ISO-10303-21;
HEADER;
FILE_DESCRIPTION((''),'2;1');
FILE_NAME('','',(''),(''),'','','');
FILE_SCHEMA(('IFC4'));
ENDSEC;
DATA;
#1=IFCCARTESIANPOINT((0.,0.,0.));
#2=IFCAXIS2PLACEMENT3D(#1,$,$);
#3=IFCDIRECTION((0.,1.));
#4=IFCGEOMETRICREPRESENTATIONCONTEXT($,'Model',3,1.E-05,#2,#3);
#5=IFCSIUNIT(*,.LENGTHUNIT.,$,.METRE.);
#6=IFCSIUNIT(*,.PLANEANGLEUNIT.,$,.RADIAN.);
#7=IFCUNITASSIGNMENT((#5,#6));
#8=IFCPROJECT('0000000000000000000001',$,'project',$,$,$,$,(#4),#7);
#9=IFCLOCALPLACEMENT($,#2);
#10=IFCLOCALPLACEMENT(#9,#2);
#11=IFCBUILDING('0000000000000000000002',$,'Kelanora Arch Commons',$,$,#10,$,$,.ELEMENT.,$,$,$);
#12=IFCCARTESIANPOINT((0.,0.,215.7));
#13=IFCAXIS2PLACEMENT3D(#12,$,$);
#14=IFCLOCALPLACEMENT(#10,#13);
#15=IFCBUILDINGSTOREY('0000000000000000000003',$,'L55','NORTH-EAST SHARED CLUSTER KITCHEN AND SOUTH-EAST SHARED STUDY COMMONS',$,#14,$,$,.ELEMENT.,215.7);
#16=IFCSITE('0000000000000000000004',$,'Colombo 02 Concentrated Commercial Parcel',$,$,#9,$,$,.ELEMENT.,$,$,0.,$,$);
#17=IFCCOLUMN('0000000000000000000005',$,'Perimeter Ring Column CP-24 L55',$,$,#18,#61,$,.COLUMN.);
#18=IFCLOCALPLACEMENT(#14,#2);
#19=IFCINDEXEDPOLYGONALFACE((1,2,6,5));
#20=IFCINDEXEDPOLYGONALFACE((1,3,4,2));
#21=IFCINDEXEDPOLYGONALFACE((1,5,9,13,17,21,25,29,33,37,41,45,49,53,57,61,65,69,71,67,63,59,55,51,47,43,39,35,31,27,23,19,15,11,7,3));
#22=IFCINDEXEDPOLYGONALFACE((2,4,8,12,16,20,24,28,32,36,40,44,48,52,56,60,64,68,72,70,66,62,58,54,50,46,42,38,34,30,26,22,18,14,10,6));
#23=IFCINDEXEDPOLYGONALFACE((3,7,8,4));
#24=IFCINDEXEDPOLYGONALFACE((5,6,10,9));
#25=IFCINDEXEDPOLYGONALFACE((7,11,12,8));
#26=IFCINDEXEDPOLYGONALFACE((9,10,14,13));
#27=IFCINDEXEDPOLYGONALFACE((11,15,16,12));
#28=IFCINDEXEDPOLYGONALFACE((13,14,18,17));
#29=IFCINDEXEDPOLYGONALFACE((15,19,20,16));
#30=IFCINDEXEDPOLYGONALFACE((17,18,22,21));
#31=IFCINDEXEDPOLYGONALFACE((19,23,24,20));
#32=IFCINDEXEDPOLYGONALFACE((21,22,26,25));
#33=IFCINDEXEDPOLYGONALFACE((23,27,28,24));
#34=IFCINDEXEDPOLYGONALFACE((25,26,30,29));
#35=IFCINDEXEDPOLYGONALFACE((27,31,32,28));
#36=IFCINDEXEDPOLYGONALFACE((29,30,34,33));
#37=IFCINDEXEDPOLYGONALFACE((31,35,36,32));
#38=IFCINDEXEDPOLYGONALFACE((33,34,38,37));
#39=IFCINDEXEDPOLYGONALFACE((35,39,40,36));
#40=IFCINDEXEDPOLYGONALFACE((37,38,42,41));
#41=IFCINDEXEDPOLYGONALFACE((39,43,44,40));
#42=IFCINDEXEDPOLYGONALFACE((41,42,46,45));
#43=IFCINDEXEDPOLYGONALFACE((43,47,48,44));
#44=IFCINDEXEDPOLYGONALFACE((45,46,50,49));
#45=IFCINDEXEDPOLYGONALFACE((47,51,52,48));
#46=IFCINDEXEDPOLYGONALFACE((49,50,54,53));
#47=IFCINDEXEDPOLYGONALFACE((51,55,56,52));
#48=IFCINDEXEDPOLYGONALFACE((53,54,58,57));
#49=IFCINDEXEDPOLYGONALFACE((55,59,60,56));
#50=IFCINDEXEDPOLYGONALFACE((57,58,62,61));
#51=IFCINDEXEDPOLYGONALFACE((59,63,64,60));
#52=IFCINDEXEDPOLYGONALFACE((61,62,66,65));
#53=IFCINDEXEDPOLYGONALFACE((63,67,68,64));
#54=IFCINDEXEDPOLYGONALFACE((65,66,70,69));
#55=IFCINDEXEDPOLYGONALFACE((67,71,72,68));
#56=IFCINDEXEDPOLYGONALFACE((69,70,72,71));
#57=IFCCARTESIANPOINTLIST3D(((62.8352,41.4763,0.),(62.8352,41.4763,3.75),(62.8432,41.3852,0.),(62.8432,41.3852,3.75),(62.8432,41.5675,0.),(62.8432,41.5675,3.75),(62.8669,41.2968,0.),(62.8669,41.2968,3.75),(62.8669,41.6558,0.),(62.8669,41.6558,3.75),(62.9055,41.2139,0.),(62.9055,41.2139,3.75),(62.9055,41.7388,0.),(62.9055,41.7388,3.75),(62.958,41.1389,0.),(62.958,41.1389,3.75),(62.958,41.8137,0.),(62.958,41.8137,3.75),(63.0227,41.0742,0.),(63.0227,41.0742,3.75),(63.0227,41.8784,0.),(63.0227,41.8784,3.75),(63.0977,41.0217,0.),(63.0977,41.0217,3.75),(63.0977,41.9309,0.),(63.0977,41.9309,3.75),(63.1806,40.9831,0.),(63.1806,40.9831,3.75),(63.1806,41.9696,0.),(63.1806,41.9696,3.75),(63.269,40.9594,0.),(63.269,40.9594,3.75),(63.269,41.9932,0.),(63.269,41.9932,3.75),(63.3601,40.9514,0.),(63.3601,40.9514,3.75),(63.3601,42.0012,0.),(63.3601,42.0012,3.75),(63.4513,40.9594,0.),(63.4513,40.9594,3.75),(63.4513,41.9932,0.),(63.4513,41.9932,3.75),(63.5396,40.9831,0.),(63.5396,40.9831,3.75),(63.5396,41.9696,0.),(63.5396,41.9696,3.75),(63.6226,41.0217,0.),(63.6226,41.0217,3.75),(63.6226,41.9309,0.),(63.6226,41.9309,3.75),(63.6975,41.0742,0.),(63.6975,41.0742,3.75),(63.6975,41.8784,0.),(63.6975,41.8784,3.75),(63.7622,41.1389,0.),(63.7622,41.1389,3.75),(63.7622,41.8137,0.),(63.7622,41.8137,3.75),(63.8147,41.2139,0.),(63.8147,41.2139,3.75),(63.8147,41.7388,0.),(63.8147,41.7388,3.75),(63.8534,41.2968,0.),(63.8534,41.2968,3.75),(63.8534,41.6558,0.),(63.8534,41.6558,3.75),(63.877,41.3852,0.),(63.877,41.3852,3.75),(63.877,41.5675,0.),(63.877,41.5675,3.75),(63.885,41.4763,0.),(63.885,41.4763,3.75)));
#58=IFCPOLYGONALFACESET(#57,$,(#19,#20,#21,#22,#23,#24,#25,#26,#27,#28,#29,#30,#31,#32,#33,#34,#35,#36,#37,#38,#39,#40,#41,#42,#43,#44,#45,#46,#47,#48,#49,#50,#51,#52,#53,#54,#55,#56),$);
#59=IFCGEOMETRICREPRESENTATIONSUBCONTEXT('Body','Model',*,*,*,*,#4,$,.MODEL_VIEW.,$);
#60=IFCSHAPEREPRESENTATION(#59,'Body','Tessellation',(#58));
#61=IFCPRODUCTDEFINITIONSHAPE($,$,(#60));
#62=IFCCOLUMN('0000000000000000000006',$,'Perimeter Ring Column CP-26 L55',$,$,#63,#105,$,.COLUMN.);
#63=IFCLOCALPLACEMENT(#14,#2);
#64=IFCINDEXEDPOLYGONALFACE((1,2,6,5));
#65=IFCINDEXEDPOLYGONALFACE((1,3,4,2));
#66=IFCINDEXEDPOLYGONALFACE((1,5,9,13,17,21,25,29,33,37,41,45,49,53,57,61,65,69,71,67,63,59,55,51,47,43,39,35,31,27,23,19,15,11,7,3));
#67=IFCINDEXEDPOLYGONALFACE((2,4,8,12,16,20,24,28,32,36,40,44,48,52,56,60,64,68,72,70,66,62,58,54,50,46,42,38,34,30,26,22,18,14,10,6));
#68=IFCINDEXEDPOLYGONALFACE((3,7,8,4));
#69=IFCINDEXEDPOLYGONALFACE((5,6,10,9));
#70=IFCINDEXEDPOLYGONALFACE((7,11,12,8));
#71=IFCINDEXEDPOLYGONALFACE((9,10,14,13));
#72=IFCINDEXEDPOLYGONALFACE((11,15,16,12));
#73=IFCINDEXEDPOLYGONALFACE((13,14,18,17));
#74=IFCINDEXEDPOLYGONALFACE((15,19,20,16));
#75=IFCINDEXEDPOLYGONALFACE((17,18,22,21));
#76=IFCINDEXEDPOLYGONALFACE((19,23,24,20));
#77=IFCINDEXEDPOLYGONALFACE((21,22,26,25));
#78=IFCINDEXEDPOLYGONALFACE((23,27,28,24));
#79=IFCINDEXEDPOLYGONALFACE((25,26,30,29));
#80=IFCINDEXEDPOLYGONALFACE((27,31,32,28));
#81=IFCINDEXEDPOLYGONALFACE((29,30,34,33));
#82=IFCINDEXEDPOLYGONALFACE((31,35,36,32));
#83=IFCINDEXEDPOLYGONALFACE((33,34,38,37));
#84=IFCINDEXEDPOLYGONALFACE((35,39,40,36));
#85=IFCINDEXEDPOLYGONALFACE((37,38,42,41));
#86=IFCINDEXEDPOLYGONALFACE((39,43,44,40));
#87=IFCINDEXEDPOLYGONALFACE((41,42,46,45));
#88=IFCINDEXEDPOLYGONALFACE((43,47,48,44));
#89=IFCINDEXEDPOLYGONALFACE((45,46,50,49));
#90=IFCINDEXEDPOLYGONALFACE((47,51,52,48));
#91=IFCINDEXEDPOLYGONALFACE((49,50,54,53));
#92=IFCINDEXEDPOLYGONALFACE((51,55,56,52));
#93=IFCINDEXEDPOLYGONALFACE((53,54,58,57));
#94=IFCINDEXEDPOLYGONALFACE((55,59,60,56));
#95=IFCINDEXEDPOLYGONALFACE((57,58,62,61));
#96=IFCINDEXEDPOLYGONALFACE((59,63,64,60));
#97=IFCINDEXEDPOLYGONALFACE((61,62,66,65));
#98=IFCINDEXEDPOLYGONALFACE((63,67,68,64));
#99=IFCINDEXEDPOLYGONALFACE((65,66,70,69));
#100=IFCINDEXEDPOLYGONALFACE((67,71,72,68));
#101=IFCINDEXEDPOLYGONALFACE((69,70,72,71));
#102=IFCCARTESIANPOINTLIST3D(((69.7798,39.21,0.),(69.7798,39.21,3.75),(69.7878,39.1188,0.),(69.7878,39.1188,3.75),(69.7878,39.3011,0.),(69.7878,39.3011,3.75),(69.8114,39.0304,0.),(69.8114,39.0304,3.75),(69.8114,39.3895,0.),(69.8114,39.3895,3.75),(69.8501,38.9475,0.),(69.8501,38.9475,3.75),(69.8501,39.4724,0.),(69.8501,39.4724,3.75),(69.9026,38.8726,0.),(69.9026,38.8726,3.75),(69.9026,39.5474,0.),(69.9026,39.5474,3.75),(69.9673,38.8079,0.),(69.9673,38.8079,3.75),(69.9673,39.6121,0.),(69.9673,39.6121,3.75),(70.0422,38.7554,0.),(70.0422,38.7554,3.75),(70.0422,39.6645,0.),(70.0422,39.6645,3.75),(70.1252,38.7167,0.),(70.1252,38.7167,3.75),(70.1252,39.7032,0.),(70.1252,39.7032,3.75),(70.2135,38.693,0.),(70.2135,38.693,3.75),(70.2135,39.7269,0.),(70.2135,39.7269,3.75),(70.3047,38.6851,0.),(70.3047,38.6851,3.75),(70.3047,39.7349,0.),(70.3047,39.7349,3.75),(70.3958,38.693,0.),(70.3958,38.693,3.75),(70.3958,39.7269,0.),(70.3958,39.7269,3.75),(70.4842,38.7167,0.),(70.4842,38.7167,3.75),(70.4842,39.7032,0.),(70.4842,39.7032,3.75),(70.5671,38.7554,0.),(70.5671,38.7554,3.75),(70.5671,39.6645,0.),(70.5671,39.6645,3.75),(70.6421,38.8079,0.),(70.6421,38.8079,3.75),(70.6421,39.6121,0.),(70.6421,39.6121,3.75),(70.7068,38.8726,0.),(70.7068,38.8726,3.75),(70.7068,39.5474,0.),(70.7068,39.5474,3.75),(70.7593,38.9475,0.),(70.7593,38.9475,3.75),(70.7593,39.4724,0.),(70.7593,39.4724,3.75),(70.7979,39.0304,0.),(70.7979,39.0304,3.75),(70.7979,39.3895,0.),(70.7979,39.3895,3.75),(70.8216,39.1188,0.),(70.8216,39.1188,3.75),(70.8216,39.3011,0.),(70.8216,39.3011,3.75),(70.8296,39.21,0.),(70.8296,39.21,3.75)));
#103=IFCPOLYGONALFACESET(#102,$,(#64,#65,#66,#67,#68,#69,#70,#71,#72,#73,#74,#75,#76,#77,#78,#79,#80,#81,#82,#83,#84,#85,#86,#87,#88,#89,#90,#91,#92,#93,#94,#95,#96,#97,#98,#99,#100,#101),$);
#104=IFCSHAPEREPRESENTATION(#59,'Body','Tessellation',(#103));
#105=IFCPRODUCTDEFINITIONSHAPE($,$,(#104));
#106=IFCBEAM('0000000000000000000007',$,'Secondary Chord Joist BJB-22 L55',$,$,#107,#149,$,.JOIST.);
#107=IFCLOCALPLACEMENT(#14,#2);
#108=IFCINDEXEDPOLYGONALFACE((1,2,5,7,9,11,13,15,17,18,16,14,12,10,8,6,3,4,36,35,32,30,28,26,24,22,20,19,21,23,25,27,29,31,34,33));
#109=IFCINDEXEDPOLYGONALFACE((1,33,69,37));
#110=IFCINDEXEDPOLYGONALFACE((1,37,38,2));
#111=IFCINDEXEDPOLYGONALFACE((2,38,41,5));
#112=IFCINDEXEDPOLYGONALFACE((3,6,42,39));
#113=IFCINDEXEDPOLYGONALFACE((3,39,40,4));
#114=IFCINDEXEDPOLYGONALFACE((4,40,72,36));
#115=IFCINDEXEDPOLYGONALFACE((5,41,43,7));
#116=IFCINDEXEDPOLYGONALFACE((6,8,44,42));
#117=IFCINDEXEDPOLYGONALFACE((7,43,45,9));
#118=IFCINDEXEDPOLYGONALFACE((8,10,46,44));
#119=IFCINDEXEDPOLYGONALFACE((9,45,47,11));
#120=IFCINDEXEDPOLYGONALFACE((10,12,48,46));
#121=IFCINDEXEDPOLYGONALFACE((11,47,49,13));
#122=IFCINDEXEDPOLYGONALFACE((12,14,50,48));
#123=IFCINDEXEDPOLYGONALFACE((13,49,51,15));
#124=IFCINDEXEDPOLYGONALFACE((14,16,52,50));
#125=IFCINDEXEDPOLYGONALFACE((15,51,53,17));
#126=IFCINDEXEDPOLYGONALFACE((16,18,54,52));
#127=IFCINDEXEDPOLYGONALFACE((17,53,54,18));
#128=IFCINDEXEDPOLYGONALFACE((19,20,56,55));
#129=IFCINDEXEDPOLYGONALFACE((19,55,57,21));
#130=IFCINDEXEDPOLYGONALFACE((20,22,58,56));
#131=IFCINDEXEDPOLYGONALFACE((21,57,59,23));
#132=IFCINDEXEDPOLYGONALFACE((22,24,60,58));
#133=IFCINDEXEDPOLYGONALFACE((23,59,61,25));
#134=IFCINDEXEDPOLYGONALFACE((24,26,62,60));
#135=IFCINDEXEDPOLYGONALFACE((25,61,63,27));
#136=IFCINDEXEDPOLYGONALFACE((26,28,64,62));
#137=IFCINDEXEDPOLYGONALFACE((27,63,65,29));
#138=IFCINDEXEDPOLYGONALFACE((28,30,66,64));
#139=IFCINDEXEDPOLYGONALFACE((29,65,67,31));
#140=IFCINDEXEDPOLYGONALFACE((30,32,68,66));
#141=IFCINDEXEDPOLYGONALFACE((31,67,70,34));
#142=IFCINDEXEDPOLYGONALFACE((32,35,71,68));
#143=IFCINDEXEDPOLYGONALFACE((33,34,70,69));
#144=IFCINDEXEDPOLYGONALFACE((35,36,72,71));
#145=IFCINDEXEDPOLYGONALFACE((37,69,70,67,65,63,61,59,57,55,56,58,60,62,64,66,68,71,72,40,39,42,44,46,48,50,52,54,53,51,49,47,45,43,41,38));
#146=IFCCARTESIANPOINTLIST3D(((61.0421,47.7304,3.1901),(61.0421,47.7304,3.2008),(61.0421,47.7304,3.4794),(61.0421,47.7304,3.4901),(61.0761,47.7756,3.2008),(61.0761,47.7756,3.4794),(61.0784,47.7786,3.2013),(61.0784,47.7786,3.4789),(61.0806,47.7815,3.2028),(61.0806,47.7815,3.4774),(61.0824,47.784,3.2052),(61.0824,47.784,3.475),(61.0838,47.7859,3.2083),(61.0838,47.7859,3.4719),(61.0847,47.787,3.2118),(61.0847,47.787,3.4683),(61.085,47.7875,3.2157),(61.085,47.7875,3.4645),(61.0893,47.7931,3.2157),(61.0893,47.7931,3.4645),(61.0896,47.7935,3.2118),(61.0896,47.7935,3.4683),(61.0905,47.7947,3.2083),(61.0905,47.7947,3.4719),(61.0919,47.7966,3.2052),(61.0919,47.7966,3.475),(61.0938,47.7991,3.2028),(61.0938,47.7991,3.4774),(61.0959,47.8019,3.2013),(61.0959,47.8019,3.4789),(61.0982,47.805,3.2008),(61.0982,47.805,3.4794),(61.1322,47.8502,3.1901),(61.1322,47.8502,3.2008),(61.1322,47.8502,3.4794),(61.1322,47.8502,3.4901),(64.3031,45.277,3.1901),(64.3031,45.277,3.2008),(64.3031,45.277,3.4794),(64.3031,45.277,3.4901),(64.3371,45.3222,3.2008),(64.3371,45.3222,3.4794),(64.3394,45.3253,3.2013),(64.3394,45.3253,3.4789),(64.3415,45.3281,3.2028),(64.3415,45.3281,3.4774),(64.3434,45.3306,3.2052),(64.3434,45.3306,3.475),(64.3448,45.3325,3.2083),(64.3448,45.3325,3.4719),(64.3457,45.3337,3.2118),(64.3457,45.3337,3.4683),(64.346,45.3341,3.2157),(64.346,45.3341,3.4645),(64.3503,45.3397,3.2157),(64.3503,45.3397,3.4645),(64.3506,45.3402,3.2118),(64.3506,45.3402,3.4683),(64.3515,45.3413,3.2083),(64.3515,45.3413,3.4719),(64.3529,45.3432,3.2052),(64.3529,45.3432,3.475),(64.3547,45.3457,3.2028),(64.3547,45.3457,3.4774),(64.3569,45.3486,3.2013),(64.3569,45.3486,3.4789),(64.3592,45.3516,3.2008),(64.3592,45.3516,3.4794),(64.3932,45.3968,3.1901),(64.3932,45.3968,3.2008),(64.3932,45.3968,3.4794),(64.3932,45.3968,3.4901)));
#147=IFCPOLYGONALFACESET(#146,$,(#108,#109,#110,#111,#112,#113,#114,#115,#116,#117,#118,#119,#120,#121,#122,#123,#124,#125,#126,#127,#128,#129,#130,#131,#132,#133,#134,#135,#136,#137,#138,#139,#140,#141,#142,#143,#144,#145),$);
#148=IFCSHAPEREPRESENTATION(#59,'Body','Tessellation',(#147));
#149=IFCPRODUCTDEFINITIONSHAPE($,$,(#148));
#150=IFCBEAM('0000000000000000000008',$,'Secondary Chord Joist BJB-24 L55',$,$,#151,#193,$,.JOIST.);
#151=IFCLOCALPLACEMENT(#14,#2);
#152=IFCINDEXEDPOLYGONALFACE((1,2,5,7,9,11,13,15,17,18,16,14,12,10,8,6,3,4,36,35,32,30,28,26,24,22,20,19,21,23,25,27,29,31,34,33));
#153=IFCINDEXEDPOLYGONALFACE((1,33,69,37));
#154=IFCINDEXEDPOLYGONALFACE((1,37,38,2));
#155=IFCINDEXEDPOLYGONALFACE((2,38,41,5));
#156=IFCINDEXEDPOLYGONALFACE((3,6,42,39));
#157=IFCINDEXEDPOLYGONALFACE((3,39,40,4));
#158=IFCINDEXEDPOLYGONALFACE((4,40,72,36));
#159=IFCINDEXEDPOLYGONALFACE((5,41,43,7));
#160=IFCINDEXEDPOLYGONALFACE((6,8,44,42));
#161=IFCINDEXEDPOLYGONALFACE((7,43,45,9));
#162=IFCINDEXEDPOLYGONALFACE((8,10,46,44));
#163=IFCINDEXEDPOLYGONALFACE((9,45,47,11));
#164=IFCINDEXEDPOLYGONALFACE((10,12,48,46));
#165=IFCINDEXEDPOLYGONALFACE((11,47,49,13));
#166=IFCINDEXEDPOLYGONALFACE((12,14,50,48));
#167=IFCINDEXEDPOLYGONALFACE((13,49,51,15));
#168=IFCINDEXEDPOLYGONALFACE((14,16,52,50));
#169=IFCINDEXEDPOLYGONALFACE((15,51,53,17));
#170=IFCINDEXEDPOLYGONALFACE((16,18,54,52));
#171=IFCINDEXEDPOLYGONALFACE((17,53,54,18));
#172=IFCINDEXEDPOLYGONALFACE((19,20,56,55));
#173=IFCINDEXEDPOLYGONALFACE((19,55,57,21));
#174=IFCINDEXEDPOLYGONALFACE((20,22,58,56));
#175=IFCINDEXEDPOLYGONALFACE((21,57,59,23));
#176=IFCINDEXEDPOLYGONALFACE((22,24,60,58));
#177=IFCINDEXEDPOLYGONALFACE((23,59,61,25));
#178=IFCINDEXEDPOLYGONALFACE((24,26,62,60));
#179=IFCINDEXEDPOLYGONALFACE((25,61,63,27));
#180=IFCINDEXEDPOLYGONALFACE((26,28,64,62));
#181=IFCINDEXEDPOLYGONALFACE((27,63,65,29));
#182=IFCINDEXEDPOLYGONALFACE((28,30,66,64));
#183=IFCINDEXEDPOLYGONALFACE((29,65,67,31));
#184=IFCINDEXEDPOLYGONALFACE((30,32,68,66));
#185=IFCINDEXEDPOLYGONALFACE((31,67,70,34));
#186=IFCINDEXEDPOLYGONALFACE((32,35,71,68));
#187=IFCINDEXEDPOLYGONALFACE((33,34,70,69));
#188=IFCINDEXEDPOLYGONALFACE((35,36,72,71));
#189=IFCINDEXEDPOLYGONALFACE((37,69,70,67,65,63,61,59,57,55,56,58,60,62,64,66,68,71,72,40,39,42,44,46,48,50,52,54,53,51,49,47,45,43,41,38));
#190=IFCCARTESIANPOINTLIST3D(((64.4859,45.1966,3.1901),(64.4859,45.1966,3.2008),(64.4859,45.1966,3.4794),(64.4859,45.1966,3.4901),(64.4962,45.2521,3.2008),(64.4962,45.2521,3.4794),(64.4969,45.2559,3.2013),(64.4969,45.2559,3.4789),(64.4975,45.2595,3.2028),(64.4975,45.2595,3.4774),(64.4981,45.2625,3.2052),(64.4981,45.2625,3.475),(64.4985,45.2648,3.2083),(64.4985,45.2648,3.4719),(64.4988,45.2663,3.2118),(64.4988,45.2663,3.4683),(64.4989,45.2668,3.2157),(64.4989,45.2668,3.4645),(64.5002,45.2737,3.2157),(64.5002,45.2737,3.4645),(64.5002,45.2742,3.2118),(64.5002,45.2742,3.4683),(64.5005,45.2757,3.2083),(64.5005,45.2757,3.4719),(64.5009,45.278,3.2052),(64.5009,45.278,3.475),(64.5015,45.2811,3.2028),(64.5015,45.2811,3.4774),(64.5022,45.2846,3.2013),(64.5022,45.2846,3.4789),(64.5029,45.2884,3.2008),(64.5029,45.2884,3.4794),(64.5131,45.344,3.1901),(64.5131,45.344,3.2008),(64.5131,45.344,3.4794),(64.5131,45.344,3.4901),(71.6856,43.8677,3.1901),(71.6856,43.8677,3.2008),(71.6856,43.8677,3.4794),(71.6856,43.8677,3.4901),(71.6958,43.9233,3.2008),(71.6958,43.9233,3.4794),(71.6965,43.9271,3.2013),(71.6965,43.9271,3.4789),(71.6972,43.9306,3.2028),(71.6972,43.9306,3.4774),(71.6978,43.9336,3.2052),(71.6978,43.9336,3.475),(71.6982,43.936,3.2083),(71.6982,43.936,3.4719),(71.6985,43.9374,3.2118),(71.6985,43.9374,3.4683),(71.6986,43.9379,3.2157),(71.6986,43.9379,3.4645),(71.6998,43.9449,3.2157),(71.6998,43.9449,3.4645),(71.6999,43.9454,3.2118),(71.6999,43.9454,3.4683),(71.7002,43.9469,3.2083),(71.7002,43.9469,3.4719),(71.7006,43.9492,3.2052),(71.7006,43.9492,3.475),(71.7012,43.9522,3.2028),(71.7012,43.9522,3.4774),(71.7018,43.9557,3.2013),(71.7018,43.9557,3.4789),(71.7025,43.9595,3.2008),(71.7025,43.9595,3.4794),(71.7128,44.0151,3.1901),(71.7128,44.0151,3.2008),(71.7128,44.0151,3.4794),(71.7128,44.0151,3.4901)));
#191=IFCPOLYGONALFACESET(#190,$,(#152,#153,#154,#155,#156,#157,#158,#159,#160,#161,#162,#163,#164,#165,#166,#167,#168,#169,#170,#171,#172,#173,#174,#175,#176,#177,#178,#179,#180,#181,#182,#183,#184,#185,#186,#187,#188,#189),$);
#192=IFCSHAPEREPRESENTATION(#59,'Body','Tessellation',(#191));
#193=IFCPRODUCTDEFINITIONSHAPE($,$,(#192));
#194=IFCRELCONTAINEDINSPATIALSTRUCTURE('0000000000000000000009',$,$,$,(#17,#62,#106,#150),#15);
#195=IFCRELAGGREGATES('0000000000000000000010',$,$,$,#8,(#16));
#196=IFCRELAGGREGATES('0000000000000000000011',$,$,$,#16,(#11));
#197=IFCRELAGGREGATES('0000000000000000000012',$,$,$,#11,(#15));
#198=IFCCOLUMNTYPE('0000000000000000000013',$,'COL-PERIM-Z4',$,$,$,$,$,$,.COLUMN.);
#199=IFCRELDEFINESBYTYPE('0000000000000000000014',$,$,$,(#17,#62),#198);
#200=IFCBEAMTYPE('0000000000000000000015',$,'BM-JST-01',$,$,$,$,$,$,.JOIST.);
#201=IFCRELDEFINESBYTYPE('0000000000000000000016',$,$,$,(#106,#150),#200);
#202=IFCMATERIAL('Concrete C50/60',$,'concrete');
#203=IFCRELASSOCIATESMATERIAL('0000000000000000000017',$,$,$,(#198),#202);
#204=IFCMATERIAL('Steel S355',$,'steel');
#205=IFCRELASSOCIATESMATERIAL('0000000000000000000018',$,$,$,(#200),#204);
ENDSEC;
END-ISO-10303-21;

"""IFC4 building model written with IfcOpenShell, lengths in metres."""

from ifc_helpers import new_model, si_unit, direction, frame, origin, origin_2d, place, context, subcontext, project, spatial, circle, i_section, extrude, material, material_profile, profile_set, type_object, element, save


model = new_model("IFC4")

# Units and contexts
model_context = context("Model", 3, precision=1e-05, world=origin(), true_north=direction((0.0, 1.0)))
body_context = subcontext(model_context, "Body", "Model", "MODEL_VIEW")
ifc_project = project(units=[si_unit("LENGTHUNIT", "METRE"), si_unit("PLANEANGLEUNIT", "RADIAN")], contexts=[model_context])

# Site, building, storey
site_placement = place(None, origin())
site = spatial("IfcSite", under=ifc_project, at=site_placement, Name="Colombo 02 Concentrated Commercial Parcel", CompositionType="ELEMENT", RefElevation=0.0)
building_placement = place(site_placement, origin())
building = spatial("IfcBuilding", under=site, at=building_placement, Name="Kelanora Arch Commons", CompositionType="ELEMENT")
storey_placement = place(building_placement, frame((0.0, 0.0, 215.7)))
storey = spatial("IfcBuildingStorey", under=building, at=storey_placement, Name="L55", Description="NORTH-EAST SHARED CLUSTER KITCHEN AND SOUTH-EAST SHARED STUDY COMMONS", CompositionType="ELEMENT", Elevation=215.7)

# Columns
ifc_material_1 = material(Name="Concrete C50/60", Category="concrete")
ifc_material_profile_1 = material_profile(ifc_material_1, circle(Radius=0.5249, at=origin_2d()), Name="RCC1050")
ifc_profile_set_1 = profile_set([ifc_material_profile_1], Name="Concrete C50/60")
column_type = type_object("IfcColumnType", Name="COL-PERIM-Z4", PredefinedType="COLUMN", material=ifc_profile_set_1)
for number, where, z_axis, x_axis, name in (
    (1, (63.3601, 41.4763, 0.0), (0.0, 0.0, 1.0), (1.0, 0.0, 0.0), "Perimeter Ring Column CP-24 L55"),
    (2, (70.3047, 39.21, 0.0), (0.0, 0.0, 1.0), (1.0, 0.0, 0.0), "Perimeter Ring Column CP-26 L55"),
):
    element("IfcColumn", number, at=place(storey_placement, frame(where, z_axis=z_axis, x_axis=x_axis)), inside=storey, type_object=column_type, Name=name, PredefinedType="COLUMN", context=body_context, shape_type="SweptSolid", body=[
        extrude(circle(Radius=0.5249, at=origin_2d()), origin(), (0.0, 0.0, 1.0), 3.75),
    ])

# Beams
ifc_material_2 = material(Name="Steel S355", Category="steel")
ifc_material_profile_2 = material_profile(ifc_material_2, i_section(OverallWidth=0.1499, OverallDepth=0.3, WebThickness=0.0071, FlangeThickness=0.0107, FilletRadius=0.0149, at=origin_2d()), Name="IPE300")
ifc_profile_set_2 = profile_set([ifc_material_profile_2], Name="Steel S355")
beam_type_1 = type_object("IfcBeamType", Name="BM-JST-01", PredefinedType="JOIST", material=ifc_profile_set_2)
beam_1_placement = place(storey_placement, frame((61.0872, 47.7903, 3.3401), z_axis=(0.799102, -0.601196, 0.0), x_axis=(0.601196, 0.799102, 0.0)))
element("IfcBeam", 3, at=beam_1_placement, inside=storey, type_object=beam_type_1, Name="Secondary Chord Joist BJB-22 L55", PredefinedType="JOIST", context=body_context, shape_type="SweptSolid", body=[
    extrude(i_section(OverallWidth=0.1499, OverallDepth=0.3, WebThickness=0.0071, FlangeThickness=0.0107, FilletRadius=0.0149, at=origin_2d()), origin(), (0.0, 0.0, 1.0), 4.0808),
])
beam_2_placement = place(storey_placement, frame((64.4995, 45.2703, 3.3401), z_axis=(0.98339, -0.181505, 0.0), x_axis=(0.181505, 0.98339, 0.0)))
element("IfcBeam", 4, at=beam_2_placement, inside=storey, type_object=beam_type_1, Name="Secondary Chord Joist BJB-24 L55", PredefinedType="JOIST", context=body_context, shape_type="SweptSolid", body=[
    extrude(i_section(OverallWidth=0.1499, OverallDepth=0.3, WebThickness=0.0071, FlangeThickness=0.0107, FilletRadius=0.0149, at=origin_2d()), origin(), (0.0, 0.0, 1.0), 7.3213),
])

save(model, "model.ifc")
